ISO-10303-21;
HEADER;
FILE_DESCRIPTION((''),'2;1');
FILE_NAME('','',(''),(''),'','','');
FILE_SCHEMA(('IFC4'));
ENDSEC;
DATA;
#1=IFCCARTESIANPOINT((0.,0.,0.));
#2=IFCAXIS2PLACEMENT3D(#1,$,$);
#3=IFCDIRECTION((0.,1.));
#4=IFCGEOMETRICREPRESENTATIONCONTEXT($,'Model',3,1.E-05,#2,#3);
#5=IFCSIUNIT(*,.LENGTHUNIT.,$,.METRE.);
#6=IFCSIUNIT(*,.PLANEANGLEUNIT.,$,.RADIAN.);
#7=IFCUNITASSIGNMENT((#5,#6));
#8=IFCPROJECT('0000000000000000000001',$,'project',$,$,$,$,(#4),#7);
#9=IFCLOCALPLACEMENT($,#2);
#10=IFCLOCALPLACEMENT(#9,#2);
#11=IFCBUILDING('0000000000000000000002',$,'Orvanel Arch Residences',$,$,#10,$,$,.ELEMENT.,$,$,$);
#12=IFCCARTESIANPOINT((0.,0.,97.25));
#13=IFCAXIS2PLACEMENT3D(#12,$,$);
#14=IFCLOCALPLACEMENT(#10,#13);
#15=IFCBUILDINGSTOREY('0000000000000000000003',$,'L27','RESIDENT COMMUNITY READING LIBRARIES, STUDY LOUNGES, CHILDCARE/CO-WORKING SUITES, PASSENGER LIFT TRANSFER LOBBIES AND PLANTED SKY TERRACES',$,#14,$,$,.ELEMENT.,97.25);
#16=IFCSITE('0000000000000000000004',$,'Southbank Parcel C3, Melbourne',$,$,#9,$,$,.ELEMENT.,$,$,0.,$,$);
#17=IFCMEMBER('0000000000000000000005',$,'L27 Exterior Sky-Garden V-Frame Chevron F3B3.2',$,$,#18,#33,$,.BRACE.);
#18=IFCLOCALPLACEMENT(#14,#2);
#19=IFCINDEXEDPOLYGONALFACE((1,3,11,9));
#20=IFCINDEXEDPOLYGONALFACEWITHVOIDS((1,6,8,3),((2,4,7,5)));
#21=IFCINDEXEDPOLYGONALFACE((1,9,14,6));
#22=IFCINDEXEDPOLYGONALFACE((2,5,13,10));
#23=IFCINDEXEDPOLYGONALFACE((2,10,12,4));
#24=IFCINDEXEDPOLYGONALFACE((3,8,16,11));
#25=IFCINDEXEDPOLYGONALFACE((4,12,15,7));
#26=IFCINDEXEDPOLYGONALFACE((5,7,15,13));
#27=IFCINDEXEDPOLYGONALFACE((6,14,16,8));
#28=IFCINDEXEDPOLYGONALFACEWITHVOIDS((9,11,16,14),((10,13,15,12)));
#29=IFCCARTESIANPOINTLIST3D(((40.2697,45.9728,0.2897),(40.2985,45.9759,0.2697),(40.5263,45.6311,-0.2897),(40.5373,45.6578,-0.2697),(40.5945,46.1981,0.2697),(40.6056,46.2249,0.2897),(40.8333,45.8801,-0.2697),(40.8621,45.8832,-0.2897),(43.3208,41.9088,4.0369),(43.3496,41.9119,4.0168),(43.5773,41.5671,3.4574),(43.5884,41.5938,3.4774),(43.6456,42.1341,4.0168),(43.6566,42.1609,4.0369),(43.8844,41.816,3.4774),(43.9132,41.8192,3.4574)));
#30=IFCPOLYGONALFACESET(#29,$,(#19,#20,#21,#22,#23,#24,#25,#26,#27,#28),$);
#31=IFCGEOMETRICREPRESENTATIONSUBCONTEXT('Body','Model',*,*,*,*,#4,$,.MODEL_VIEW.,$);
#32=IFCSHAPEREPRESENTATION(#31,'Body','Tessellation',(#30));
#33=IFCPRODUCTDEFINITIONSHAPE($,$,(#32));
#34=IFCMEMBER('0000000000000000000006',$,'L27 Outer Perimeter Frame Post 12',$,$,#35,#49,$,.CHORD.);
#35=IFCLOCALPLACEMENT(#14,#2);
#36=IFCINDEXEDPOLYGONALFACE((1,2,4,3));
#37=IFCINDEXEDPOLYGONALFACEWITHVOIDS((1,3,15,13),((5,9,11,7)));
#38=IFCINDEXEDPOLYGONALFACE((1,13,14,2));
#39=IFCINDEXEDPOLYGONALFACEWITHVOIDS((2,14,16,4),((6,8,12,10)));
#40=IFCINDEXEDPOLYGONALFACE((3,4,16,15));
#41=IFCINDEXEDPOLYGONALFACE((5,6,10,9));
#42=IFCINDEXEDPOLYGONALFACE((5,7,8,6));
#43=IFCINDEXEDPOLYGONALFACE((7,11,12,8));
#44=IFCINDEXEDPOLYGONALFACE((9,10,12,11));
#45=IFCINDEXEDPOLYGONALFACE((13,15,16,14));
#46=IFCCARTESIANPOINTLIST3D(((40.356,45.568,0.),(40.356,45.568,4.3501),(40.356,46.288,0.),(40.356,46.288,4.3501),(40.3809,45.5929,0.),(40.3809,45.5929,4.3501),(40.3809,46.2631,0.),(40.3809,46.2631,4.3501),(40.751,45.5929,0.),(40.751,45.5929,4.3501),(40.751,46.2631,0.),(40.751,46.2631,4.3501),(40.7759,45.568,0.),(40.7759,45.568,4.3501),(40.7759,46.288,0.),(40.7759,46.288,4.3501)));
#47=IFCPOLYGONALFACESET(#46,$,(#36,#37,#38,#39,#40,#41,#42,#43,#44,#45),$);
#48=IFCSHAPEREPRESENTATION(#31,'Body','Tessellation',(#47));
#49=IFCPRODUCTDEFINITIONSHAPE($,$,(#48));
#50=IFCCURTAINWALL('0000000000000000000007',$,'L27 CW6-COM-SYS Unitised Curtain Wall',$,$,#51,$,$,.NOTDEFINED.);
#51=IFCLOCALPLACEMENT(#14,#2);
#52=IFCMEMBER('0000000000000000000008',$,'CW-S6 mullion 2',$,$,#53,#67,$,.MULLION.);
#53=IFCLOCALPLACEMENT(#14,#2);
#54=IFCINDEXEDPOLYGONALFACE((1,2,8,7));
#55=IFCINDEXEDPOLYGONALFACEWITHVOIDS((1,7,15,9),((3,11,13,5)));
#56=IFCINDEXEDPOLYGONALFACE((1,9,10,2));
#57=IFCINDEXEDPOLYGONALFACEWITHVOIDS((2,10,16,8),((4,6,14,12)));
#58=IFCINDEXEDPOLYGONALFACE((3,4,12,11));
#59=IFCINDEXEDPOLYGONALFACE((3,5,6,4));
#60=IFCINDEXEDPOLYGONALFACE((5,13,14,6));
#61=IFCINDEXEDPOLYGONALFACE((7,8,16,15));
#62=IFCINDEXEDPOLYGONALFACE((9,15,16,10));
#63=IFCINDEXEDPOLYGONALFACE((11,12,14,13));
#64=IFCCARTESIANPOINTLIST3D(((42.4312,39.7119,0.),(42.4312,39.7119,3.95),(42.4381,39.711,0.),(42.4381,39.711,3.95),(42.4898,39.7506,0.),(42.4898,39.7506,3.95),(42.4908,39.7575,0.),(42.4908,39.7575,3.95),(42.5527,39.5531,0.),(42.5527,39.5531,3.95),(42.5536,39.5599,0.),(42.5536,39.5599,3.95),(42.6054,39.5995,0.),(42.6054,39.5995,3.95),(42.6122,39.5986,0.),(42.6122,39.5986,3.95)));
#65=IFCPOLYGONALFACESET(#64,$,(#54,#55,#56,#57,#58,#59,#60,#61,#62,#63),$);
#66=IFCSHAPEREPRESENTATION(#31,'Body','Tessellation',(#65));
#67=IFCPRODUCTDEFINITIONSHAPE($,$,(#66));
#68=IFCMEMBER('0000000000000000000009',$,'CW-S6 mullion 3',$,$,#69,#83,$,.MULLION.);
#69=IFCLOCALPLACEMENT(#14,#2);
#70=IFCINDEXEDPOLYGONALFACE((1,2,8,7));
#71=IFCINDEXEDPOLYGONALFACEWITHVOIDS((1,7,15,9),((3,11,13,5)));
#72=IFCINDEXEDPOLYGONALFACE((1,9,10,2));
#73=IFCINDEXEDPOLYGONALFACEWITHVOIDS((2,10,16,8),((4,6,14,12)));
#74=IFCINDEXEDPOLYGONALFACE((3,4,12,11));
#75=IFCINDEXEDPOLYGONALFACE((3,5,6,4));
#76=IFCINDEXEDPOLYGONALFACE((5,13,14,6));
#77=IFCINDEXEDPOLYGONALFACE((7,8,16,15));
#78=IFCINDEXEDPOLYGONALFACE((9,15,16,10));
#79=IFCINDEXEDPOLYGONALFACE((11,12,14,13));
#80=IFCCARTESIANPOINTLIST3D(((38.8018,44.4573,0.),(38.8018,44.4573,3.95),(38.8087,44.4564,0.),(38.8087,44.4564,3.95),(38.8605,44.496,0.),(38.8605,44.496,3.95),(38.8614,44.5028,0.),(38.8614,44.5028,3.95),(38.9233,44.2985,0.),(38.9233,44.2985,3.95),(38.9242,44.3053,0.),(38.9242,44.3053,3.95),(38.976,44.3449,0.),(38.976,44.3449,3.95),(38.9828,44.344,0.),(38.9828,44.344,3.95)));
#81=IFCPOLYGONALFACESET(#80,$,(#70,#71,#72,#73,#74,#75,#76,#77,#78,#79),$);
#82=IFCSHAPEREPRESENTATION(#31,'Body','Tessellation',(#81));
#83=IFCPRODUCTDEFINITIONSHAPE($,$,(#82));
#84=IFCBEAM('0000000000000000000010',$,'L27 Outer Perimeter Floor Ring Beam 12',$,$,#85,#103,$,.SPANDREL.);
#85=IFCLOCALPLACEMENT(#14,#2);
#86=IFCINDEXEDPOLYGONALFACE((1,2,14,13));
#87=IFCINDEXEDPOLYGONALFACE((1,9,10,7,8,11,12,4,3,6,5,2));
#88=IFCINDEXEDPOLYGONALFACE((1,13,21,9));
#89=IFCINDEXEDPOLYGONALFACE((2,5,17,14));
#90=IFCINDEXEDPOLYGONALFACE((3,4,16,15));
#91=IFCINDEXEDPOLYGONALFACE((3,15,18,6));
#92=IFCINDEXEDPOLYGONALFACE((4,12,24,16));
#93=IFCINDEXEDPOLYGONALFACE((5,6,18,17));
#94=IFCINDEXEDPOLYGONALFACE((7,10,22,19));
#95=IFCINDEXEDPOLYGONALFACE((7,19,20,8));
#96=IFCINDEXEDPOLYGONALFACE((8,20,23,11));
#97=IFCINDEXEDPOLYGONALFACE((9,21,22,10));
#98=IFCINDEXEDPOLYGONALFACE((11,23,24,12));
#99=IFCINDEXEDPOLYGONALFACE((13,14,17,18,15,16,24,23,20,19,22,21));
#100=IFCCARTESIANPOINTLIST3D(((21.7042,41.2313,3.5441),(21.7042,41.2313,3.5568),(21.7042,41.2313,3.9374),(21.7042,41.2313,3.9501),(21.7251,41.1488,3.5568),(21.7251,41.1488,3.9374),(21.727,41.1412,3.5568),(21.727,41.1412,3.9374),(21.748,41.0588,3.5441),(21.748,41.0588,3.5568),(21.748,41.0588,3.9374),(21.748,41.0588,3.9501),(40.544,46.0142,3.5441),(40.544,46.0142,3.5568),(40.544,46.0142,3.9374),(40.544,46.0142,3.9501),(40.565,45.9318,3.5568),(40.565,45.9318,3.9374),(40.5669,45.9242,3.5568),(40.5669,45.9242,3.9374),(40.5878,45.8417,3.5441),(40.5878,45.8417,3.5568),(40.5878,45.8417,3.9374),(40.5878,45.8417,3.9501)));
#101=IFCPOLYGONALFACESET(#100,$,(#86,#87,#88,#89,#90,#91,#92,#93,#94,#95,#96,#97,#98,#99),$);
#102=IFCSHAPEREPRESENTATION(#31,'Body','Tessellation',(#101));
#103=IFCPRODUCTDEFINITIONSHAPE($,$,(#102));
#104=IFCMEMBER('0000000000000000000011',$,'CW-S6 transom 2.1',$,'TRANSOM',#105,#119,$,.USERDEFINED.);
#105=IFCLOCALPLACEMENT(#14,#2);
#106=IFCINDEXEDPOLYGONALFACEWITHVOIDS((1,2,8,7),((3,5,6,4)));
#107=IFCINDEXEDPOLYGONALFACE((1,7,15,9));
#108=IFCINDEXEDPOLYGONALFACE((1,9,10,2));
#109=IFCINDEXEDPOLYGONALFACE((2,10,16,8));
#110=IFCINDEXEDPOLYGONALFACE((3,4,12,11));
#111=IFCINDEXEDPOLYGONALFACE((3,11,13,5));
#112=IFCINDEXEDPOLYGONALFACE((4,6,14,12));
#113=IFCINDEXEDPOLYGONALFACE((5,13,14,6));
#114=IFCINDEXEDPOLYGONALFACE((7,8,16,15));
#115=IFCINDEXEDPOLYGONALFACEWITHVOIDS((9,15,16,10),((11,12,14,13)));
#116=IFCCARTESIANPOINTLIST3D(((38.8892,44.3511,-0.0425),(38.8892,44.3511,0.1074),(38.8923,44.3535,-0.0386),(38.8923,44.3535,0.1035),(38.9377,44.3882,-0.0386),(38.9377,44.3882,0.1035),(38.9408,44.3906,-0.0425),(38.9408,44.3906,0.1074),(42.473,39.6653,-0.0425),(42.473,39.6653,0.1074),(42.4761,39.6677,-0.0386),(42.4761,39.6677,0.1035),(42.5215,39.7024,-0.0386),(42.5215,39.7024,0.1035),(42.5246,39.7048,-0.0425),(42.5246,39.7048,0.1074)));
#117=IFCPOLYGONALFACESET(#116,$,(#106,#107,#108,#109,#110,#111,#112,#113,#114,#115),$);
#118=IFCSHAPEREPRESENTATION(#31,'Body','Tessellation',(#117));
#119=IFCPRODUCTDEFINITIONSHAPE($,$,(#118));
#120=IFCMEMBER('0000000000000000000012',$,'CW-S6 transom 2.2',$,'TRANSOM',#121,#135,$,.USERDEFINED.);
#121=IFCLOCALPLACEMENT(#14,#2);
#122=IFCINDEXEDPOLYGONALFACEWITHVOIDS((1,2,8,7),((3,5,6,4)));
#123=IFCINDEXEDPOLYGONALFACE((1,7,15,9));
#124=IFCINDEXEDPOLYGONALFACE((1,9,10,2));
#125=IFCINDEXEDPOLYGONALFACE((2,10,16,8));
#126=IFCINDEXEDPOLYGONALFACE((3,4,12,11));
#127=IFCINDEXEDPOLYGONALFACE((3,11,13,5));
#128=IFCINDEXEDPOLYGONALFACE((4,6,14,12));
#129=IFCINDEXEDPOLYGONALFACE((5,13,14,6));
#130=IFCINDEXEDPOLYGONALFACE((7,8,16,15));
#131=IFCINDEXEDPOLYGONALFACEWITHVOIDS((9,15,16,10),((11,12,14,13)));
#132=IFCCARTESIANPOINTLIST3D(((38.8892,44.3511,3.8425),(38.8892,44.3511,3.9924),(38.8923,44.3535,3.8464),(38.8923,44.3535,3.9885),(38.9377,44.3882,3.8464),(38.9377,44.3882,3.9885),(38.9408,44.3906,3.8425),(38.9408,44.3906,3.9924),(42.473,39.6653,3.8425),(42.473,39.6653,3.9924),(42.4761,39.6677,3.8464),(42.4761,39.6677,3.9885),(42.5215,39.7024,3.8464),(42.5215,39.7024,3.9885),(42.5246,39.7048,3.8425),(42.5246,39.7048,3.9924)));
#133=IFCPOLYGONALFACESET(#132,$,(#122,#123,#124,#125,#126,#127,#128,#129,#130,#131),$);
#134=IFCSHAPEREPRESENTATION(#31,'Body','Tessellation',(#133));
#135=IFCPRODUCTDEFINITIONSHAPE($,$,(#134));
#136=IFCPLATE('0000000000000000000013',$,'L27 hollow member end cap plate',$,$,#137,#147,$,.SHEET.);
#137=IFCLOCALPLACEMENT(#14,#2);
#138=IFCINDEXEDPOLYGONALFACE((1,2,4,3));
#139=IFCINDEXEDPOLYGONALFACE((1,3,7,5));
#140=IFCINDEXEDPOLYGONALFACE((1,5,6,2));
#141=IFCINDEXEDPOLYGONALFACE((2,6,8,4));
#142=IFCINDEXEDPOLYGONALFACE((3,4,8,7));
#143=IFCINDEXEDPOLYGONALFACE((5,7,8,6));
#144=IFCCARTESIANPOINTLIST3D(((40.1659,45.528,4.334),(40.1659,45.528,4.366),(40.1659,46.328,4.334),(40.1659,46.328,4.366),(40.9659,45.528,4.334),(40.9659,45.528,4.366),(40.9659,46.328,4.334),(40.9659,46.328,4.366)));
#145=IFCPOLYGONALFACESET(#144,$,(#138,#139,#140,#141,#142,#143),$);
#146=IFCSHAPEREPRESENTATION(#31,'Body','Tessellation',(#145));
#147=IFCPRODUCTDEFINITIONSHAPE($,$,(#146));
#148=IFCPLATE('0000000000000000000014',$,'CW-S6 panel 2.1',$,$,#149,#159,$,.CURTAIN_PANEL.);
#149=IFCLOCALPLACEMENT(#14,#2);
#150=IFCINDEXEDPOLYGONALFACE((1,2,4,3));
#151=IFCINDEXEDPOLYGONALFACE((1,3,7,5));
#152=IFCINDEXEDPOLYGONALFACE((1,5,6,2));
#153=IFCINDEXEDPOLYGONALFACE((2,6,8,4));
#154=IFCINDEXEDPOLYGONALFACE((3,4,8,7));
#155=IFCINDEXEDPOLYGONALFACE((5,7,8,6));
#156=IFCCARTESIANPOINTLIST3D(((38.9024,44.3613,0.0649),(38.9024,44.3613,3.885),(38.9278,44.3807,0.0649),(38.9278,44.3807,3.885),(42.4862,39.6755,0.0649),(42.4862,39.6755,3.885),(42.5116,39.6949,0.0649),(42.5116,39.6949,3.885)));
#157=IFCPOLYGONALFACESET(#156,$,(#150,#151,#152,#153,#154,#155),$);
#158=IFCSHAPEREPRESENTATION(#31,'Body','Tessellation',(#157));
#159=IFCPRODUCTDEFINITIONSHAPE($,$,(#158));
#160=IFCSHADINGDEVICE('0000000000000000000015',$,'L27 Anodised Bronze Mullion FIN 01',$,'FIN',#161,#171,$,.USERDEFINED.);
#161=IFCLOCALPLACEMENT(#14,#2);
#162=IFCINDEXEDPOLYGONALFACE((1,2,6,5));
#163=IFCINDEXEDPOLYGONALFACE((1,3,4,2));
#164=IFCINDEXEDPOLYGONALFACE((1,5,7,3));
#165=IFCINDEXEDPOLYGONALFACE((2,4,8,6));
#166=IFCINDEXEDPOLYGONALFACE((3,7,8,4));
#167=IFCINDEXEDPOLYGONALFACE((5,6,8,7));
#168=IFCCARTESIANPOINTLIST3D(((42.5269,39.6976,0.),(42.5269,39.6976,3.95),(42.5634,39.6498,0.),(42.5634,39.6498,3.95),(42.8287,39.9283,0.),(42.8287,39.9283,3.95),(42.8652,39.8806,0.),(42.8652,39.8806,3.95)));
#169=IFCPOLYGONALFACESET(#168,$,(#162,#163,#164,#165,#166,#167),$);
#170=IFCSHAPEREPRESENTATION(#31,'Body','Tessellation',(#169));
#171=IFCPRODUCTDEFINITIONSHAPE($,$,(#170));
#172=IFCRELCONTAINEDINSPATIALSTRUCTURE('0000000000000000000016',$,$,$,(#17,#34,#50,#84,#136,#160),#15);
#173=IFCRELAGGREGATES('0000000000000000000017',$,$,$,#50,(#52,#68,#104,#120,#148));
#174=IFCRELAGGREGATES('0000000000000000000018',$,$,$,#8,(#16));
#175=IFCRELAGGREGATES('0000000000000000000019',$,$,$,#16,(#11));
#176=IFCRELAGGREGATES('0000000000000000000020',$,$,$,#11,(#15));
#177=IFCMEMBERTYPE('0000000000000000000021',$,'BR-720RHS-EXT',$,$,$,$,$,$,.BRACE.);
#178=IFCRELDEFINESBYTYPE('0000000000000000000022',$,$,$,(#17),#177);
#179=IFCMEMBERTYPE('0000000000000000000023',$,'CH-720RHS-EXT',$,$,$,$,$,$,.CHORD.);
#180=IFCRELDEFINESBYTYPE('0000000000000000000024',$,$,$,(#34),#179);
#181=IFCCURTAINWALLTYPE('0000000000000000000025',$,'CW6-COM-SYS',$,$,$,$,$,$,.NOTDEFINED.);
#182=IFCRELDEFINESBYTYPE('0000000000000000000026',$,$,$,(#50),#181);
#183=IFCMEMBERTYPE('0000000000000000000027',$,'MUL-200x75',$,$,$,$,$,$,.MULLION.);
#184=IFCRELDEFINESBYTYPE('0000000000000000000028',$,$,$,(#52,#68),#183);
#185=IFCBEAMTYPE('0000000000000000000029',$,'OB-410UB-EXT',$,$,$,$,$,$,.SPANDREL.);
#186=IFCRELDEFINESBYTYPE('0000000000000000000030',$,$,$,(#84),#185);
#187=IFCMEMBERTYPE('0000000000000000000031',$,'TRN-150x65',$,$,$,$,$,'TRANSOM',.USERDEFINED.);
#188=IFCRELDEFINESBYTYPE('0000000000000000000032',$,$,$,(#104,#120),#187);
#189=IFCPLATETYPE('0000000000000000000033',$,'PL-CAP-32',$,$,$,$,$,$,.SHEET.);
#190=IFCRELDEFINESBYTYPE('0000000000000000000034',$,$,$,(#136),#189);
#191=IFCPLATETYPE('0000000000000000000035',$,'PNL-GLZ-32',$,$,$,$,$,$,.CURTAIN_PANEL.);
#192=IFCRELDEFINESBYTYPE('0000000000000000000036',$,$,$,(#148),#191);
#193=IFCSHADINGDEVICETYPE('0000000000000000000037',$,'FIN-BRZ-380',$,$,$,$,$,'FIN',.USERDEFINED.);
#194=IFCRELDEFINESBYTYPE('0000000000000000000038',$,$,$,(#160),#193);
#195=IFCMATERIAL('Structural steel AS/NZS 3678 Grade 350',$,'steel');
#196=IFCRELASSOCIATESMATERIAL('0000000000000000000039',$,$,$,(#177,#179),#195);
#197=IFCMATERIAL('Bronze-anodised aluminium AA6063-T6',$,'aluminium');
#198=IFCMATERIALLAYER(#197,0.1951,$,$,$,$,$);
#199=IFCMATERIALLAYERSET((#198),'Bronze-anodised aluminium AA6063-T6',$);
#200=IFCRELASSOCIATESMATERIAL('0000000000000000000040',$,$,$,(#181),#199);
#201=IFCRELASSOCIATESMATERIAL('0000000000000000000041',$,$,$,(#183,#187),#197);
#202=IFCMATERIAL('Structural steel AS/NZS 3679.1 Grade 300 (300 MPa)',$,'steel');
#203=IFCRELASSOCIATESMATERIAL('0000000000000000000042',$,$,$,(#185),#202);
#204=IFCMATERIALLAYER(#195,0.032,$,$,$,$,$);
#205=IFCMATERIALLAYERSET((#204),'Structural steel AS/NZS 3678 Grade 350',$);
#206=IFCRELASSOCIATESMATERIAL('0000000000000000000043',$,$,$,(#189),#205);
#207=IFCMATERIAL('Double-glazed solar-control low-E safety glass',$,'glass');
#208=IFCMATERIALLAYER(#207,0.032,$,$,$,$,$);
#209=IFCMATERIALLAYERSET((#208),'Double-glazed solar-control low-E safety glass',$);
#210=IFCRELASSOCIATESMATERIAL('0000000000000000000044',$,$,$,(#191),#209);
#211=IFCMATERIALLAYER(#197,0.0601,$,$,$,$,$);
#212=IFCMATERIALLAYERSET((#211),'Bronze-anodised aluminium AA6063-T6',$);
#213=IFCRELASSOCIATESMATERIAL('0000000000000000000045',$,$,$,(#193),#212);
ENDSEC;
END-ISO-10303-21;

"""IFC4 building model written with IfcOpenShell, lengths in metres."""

from ifc_helpers import new_model, si_unit, direction, frame, origin, origin_2d, place, context, subcontext, project, spatial, rectangle, hollow_rectangle, i_section, extrude, material, layer, layer_set, material_profile, profile_set, type_object, element, aggregate, save


model = new_model("IFC4")

# Units and contexts
model_context = context("Model", 3, precision=1e-05, world=origin(), true_north=direction((0.0, 1.0)))
body_context = subcontext(model_context, "Body", "Model", "MODEL_VIEW")
ifc_project = project(units=[si_unit("LENGTHUNIT", "METRE"), si_unit("PLANEANGLEUNIT", "RADIAN")], contexts=[model_context])

# Site, building, storey
site_placement = place(None, origin())
site = spatial("IfcSite", under=ifc_project, at=site_placement, Name="Southbank Parcel C3, Melbourne", CompositionType="ELEMENT", RefElevation=0.0)
building_placement = place(site_placement, origin())
building = spatial("IfcBuilding", under=site, at=building_placement, Name="Orvanel Arch Residences", CompositionType="ELEMENT")
storey_placement = place(building_placement, frame((0.0, 0.0, 97.25)))
storey = spatial("IfcBuildingStorey", under=building, at=storey_placement, Name="L27", Description="RESIDENT COMMUNITY READING LIBRARIES, STUDY LOUNGES, CHILDCARE/CO-WORKING SUITES, PASSENGER LIFT TRANSFER LOBBIES AND PLANTED SKY TERRACES", CompositionType="ELEMENT", Elevation=97.25)

# Members
ifc_material_1 = material(Name="Structural steel AS/NZS 3678 Grade 350", Category="steel")
ifc_material_profile_1 = material_profile(ifc_material_1, hollow_rectangle(XDim=0.4199, YDim=0.72, WallThickness=0.0249, at=origin_2d()), Name="RHS720x420x25")
ifc_profile_set_1 = profile_set([ifc_material_profile_1], Name="Structural steel AS/NZS 3678 Grade 350")
member_type_1 = type_object("IfcMemberType", Name="BR-720RHS-EXT", PredefinedType="BRACE", material=ifc_profile_set_1)
member_1_placement = place(storey_placement, frame((40.5659, 45.928, 0.0), z_axis=(0.483225, -0.643656, 0.593465), x_axis=(0.799712, 0.600384, 0.0)))
element("IfcMember", 1, at=member_1_placement, inside=storey, type_object=member_type_1, Name="L27 Exterior Sky-Garden V-Frame Chevron F3B3.2", PredefinedType="BRACE", context=body_context, shape_type="SweptSolid", body=[
    extrude(hollow_rectangle(XDim=0.4199, YDim=0.72, WallThickness=0.0249, at=origin_2d()), origin(), (0.0, 0.0, 1.0), 6.314),
])
ifc_material_profile_2 = material_profile(ifc_material_1, hollow_rectangle(XDim=0.4199, YDim=0.72, WallThickness=0.0249, at=origin_2d()), Name="RHS720x420x25")
ifc_profile_set_2 = profile_set([ifc_material_profile_2], Name="Structural steel AS/NZS 3678 Grade 350")
member_type_2 = type_object("IfcMemberType", Name="CH-720RHS-EXT", PredefinedType="CHORD", material=ifc_profile_set_2)
member_2_placement = place(storey_placement, frame((40.5659, 45.928, 0.0), z_axis=(0.0, 0.0, 1.0), x_axis=(1.0, 0.0, 0.0)))
element("IfcMember", 2, at=member_2_placement, inside=storey, type_object=member_type_2, Name="L27 Outer Perimeter Frame Post 12", PredefinedType="CHORD", context=body_context, shape_type="SweptSolid", body=[
    extrude(hollow_rectangle(XDim=0.4199, YDim=0.72, WallThickness=0.0249, at=origin_2d()), origin(), (0.0, 0.0, 1.0), 4.3501),
])

# Curtain wall, members
ifc_material_2 = material(Name="Bronze-anodised aluminium AA6063-T6", Category="aluminium")
ifc_layer_1 = layer(ifc_material_2, 0.1951)
ifc_layer_set_1 = layer_set([ifc_layer_1], Name="Bronze-anodised aluminium AA6063-T6")
curtain_wall_type = type_object("IfcCurtainWallType", Name="CW6-COM-SYS", PredefinedType="NOTDEFINED", material=ifc_layer_set_1)
curtain_wall_placement = place(storey_placement, origin())
curtain_wall = element("IfcCurtainWall", 3, at=curtain_wall_placement, inside=storey, type_object=curtain_wall_type, Name="L27 CW6-COM-SYS Unitised Curtain Wall", PredefinedType="NOTDEFINED")
ifc_material_profile_3 = material_profile(ifc_material_2, hollow_rectangle(XDim=0.075, YDim=0.2, WallThickness=0.0049, at=origin_2d()), Name="ALU200x75x5")
ifc_profile_set_3 = profile_set([ifc_material_profile_3], Name="Bronze-anodised aluminium AA6063-T6")
member_type_3 = type_object("IfcMemberType", Name="MUL-200x75", PredefinedType="MULLION", material=ifc_profile_set_3)
member_3_placement = place(storey_placement, frame((42.5217, 39.6553, 0.0), z_axis=(0.0, 0.0, 1.0), x_axis=(-0.794313, -0.607508, 0.0)))
member_3 = element("IfcMember", 4, at=member_3_placement, type_object=member_type_3, Name="CW-S6 mullion 2", PredefinedType="MULLION", context=body_context, shape_type="SweptSolid", body=[
    extrude(hollow_rectangle(XDim=0.075, YDim=0.2, WallThickness=0.0049, at=origin_2d()), origin(), (0.0, 0.0, 1.0), 3.95),
])
member_4_placement = place(storey_placement, frame((38.8923, 44.4006, 0.0), z_axis=(0.0, 0.0, 1.0), x_axis=(-0.794313, -0.607508, 0.0)))
member_4 = element("IfcMember", 5, at=member_4_placement, type_object=member_type_3, Name="CW-S6 mullion 3", PredefinedType="MULLION", context=body_context, shape_type="SweptSolid", body=[
    extrude(hollow_rectangle(XDim=0.075, YDim=0.2, WallThickness=0.0049, at=origin_2d()), origin(), (0.0, 0.0, 1.0), 3.95),
])

# Beam
ifc_material_3 = material(Name="Structural steel AS/NZS 3679.1 Grade 300 (300 MPa)", Category="steel")
ifc_material_profile_4 = material_profile(ifc_material_3, i_section(OverallWidth=0.178, OverallDepth=0.406, WebThickness=0.0078, FlangeThickness=0.0127, at=origin_2d()), Name="410UB59.7")
ifc_profile_set_4 = profile_set([ifc_material_profile_4], Name="Structural steel AS/NZS 3679.1 Grade 300 (300 MPa)")
beam_type = type_object("IfcBeamType", Name="OB-410UB-EXT", PredefinedType="SPANDREL", material=ifc_profile_set_4)
beam_placement = place(storey_placement, frame((40.5659, 45.928, 3.7471), z_axis=(-0.969252, -0.246069, 0.0), x_axis=(0.246069, -0.969252, 0.0)))
element("IfcBeam", 6, at=beam_placement, inside=storey, type_object=beam_type, Name="L27 Outer Perimeter Floor Ring Beam 12", PredefinedType="SPANDREL", context=body_context, shape_type="SweptSolid", body=[
    extrude(i_section(OverallWidth=0.178, OverallDepth=0.406, WebThickness=0.0078, FlangeThickness=0.0127, at=origin_2d()), origin(), (0.0, 0.0, 1.0), 19.4375),
])

# Members
ifc_material_profile_5 = material_profile(ifc_material_2, hollow_rectangle(XDim=0.0649, YDim=0.1499, WallThickness=0.0039, at=origin_2d()), Name="ALU150x65x4")
ifc_profile_set_5 = profile_set([ifc_material_profile_5], Name="Bronze-anodised aluminium AA6063-T6")
member_type_4 = type_object("IfcMemberType", Name="TRN-150x65", ElementType="TRANSOM", PredefinedType="USERDEFINED", material=ifc_profile_set_5)
member_5_placement = place(storey_placement, frame((42.4988, 39.6851, 0.0325), z_axis=(-0.607502, 0.794318, 0.0), x_axis=(-0.794318, -0.607502, 0.0)))
member_5 = element("IfcMember", 7, at=member_5_placement, type_object=member_type_4, Name="CW-S6 transom 2.1", ObjectType="TRANSOM", PredefinedType="USERDEFINED", context=body_context, shape_type="SweptSolid", body=[
    extrude(hollow_rectangle(XDim=0.0649, YDim=0.1499, WallThickness=0.0039, at=origin_2d()), origin(), (0.0, 0.0, 1.0), 5.8992),
])
member_6_placement = place(storey_placement, frame((42.4988, 39.6851, 3.9175), z_axis=(-0.607502, 0.794318, 0.0), x_axis=(-0.794318, -0.607502, 0.0)))
member_6 = element("IfcMember", 8, at=member_6_placement, type_object=member_type_4, Name="CW-S6 transom 2.2", ObjectType="TRANSOM", PredefinedType="USERDEFINED", context=body_context, shape_type="SweptSolid", body=[
    extrude(hollow_rectangle(XDim=0.0649, YDim=0.1499, WallThickness=0.0039, at=origin_2d()), origin(), (0.0, 0.0, 1.0), 5.8992),
])

# Plates
ifc_layer_2 = layer(ifc_material_1, 0.032)
ifc_layer_set_2 = layer_set([ifc_layer_2], Name="Structural steel AS/NZS 3678 Grade 350")
plate_type_1 = type_object("IfcPlateType", Name="PL-CAP-32", PredefinedType="SHEET", material=ifc_layer_set_2)
plate_1_placement = place(storey_placement, frame((40.5659, 45.928, 4.334), z_axis=(0.0, 0.0, 1.0), x_axis=(1.0, 0.0, 0.0)))
element("IfcPlate", 9, at=plate_1_placement, inside=storey, type_object=plate_type_1, Name="L27 hollow member end cap plate", PredefinedType="SHEET", context=body_context, shape_type="SweptSolid", body=[
    extrude(rectangle(XDim=0.8, YDim=0.8, at=origin_2d()), origin(), (0.0, 0.0, 1.0), 0.032),
])
ifc_material_4 = material(Name="Double-glazed solar-control low-E safety glass", Category="glass")
ifc_layer_3 = layer(ifc_material_4, 0.032)
ifc_layer_set_3 = layer_set([ifc_layer_3], Name="Double-glazed solar-control low-E safety glass")
plate_type_2 = type_object("IfcPlateType", Name="PNL-GLZ-32", PredefinedType="CURTAIN_PANEL", material=ifc_layer_set_3)
plate_2_placement = place(storey_placement, frame((40.707, 42.0281, 0.0649), z_axis=(0.0, 0.0, 1.0), x_axis=(-0.607508, 0.794313, 0.0)))
plate_2 = element("IfcPlate", 10, at=plate_2_placement, type_object=plate_type_2, Name="CW-S6 panel 2.1", PredefinedType="CURTAIN_PANEL", context=body_context, shape_type="SweptSolid", body=[
    extrude(rectangle(XDim=5.8992, YDim=0.032, at=origin_2d()), origin(), (0.0, 0.0, 1.0), 3.8201),
])
aggregate(curtain_wall, [member_3, member_4, member_5, member_6, plate_2])

# Shading device
ifc_layer_4 = layer(ifc_material_2, 0.0601)
ifc_layer_set_4 = layer_set([ifc_layer_4], Name="Bronze-anodised aluminium AA6063-T6")
shading_device_type = type_object("IfcShadingDeviceType", Name="FIN-BRZ-380", ElementType="FIN", PredefinedType="USERDEFINED", material=ifc_layer_set_4)
for number, where, z_axis, x_axis, name in (
    (11, (42.696, 39.7891, 0.0), (0.0, 0.0, 1.0), (0.794415, 0.607376, 0.0), "L27 Anodised Bronze Mullion FIN 01"),
):
    element("IfcShadingDevice", number, at=place(storey_placement, frame(where, z_axis=z_axis, x_axis=x_axis)), inside=storey, type_object=shading_device_type, Name=name, ObjectType="FIN", PredefinedType="USERDEFINED", context=body_context, shape_type="SweptSolid", body=[
        extrude(rectangle(XDim=0.3799, YDim=0.0601, at=origin_2d()), origin(), (0.0, 0.0, 1.0), 3.95),
    ])

save(model, "model.ifc")
